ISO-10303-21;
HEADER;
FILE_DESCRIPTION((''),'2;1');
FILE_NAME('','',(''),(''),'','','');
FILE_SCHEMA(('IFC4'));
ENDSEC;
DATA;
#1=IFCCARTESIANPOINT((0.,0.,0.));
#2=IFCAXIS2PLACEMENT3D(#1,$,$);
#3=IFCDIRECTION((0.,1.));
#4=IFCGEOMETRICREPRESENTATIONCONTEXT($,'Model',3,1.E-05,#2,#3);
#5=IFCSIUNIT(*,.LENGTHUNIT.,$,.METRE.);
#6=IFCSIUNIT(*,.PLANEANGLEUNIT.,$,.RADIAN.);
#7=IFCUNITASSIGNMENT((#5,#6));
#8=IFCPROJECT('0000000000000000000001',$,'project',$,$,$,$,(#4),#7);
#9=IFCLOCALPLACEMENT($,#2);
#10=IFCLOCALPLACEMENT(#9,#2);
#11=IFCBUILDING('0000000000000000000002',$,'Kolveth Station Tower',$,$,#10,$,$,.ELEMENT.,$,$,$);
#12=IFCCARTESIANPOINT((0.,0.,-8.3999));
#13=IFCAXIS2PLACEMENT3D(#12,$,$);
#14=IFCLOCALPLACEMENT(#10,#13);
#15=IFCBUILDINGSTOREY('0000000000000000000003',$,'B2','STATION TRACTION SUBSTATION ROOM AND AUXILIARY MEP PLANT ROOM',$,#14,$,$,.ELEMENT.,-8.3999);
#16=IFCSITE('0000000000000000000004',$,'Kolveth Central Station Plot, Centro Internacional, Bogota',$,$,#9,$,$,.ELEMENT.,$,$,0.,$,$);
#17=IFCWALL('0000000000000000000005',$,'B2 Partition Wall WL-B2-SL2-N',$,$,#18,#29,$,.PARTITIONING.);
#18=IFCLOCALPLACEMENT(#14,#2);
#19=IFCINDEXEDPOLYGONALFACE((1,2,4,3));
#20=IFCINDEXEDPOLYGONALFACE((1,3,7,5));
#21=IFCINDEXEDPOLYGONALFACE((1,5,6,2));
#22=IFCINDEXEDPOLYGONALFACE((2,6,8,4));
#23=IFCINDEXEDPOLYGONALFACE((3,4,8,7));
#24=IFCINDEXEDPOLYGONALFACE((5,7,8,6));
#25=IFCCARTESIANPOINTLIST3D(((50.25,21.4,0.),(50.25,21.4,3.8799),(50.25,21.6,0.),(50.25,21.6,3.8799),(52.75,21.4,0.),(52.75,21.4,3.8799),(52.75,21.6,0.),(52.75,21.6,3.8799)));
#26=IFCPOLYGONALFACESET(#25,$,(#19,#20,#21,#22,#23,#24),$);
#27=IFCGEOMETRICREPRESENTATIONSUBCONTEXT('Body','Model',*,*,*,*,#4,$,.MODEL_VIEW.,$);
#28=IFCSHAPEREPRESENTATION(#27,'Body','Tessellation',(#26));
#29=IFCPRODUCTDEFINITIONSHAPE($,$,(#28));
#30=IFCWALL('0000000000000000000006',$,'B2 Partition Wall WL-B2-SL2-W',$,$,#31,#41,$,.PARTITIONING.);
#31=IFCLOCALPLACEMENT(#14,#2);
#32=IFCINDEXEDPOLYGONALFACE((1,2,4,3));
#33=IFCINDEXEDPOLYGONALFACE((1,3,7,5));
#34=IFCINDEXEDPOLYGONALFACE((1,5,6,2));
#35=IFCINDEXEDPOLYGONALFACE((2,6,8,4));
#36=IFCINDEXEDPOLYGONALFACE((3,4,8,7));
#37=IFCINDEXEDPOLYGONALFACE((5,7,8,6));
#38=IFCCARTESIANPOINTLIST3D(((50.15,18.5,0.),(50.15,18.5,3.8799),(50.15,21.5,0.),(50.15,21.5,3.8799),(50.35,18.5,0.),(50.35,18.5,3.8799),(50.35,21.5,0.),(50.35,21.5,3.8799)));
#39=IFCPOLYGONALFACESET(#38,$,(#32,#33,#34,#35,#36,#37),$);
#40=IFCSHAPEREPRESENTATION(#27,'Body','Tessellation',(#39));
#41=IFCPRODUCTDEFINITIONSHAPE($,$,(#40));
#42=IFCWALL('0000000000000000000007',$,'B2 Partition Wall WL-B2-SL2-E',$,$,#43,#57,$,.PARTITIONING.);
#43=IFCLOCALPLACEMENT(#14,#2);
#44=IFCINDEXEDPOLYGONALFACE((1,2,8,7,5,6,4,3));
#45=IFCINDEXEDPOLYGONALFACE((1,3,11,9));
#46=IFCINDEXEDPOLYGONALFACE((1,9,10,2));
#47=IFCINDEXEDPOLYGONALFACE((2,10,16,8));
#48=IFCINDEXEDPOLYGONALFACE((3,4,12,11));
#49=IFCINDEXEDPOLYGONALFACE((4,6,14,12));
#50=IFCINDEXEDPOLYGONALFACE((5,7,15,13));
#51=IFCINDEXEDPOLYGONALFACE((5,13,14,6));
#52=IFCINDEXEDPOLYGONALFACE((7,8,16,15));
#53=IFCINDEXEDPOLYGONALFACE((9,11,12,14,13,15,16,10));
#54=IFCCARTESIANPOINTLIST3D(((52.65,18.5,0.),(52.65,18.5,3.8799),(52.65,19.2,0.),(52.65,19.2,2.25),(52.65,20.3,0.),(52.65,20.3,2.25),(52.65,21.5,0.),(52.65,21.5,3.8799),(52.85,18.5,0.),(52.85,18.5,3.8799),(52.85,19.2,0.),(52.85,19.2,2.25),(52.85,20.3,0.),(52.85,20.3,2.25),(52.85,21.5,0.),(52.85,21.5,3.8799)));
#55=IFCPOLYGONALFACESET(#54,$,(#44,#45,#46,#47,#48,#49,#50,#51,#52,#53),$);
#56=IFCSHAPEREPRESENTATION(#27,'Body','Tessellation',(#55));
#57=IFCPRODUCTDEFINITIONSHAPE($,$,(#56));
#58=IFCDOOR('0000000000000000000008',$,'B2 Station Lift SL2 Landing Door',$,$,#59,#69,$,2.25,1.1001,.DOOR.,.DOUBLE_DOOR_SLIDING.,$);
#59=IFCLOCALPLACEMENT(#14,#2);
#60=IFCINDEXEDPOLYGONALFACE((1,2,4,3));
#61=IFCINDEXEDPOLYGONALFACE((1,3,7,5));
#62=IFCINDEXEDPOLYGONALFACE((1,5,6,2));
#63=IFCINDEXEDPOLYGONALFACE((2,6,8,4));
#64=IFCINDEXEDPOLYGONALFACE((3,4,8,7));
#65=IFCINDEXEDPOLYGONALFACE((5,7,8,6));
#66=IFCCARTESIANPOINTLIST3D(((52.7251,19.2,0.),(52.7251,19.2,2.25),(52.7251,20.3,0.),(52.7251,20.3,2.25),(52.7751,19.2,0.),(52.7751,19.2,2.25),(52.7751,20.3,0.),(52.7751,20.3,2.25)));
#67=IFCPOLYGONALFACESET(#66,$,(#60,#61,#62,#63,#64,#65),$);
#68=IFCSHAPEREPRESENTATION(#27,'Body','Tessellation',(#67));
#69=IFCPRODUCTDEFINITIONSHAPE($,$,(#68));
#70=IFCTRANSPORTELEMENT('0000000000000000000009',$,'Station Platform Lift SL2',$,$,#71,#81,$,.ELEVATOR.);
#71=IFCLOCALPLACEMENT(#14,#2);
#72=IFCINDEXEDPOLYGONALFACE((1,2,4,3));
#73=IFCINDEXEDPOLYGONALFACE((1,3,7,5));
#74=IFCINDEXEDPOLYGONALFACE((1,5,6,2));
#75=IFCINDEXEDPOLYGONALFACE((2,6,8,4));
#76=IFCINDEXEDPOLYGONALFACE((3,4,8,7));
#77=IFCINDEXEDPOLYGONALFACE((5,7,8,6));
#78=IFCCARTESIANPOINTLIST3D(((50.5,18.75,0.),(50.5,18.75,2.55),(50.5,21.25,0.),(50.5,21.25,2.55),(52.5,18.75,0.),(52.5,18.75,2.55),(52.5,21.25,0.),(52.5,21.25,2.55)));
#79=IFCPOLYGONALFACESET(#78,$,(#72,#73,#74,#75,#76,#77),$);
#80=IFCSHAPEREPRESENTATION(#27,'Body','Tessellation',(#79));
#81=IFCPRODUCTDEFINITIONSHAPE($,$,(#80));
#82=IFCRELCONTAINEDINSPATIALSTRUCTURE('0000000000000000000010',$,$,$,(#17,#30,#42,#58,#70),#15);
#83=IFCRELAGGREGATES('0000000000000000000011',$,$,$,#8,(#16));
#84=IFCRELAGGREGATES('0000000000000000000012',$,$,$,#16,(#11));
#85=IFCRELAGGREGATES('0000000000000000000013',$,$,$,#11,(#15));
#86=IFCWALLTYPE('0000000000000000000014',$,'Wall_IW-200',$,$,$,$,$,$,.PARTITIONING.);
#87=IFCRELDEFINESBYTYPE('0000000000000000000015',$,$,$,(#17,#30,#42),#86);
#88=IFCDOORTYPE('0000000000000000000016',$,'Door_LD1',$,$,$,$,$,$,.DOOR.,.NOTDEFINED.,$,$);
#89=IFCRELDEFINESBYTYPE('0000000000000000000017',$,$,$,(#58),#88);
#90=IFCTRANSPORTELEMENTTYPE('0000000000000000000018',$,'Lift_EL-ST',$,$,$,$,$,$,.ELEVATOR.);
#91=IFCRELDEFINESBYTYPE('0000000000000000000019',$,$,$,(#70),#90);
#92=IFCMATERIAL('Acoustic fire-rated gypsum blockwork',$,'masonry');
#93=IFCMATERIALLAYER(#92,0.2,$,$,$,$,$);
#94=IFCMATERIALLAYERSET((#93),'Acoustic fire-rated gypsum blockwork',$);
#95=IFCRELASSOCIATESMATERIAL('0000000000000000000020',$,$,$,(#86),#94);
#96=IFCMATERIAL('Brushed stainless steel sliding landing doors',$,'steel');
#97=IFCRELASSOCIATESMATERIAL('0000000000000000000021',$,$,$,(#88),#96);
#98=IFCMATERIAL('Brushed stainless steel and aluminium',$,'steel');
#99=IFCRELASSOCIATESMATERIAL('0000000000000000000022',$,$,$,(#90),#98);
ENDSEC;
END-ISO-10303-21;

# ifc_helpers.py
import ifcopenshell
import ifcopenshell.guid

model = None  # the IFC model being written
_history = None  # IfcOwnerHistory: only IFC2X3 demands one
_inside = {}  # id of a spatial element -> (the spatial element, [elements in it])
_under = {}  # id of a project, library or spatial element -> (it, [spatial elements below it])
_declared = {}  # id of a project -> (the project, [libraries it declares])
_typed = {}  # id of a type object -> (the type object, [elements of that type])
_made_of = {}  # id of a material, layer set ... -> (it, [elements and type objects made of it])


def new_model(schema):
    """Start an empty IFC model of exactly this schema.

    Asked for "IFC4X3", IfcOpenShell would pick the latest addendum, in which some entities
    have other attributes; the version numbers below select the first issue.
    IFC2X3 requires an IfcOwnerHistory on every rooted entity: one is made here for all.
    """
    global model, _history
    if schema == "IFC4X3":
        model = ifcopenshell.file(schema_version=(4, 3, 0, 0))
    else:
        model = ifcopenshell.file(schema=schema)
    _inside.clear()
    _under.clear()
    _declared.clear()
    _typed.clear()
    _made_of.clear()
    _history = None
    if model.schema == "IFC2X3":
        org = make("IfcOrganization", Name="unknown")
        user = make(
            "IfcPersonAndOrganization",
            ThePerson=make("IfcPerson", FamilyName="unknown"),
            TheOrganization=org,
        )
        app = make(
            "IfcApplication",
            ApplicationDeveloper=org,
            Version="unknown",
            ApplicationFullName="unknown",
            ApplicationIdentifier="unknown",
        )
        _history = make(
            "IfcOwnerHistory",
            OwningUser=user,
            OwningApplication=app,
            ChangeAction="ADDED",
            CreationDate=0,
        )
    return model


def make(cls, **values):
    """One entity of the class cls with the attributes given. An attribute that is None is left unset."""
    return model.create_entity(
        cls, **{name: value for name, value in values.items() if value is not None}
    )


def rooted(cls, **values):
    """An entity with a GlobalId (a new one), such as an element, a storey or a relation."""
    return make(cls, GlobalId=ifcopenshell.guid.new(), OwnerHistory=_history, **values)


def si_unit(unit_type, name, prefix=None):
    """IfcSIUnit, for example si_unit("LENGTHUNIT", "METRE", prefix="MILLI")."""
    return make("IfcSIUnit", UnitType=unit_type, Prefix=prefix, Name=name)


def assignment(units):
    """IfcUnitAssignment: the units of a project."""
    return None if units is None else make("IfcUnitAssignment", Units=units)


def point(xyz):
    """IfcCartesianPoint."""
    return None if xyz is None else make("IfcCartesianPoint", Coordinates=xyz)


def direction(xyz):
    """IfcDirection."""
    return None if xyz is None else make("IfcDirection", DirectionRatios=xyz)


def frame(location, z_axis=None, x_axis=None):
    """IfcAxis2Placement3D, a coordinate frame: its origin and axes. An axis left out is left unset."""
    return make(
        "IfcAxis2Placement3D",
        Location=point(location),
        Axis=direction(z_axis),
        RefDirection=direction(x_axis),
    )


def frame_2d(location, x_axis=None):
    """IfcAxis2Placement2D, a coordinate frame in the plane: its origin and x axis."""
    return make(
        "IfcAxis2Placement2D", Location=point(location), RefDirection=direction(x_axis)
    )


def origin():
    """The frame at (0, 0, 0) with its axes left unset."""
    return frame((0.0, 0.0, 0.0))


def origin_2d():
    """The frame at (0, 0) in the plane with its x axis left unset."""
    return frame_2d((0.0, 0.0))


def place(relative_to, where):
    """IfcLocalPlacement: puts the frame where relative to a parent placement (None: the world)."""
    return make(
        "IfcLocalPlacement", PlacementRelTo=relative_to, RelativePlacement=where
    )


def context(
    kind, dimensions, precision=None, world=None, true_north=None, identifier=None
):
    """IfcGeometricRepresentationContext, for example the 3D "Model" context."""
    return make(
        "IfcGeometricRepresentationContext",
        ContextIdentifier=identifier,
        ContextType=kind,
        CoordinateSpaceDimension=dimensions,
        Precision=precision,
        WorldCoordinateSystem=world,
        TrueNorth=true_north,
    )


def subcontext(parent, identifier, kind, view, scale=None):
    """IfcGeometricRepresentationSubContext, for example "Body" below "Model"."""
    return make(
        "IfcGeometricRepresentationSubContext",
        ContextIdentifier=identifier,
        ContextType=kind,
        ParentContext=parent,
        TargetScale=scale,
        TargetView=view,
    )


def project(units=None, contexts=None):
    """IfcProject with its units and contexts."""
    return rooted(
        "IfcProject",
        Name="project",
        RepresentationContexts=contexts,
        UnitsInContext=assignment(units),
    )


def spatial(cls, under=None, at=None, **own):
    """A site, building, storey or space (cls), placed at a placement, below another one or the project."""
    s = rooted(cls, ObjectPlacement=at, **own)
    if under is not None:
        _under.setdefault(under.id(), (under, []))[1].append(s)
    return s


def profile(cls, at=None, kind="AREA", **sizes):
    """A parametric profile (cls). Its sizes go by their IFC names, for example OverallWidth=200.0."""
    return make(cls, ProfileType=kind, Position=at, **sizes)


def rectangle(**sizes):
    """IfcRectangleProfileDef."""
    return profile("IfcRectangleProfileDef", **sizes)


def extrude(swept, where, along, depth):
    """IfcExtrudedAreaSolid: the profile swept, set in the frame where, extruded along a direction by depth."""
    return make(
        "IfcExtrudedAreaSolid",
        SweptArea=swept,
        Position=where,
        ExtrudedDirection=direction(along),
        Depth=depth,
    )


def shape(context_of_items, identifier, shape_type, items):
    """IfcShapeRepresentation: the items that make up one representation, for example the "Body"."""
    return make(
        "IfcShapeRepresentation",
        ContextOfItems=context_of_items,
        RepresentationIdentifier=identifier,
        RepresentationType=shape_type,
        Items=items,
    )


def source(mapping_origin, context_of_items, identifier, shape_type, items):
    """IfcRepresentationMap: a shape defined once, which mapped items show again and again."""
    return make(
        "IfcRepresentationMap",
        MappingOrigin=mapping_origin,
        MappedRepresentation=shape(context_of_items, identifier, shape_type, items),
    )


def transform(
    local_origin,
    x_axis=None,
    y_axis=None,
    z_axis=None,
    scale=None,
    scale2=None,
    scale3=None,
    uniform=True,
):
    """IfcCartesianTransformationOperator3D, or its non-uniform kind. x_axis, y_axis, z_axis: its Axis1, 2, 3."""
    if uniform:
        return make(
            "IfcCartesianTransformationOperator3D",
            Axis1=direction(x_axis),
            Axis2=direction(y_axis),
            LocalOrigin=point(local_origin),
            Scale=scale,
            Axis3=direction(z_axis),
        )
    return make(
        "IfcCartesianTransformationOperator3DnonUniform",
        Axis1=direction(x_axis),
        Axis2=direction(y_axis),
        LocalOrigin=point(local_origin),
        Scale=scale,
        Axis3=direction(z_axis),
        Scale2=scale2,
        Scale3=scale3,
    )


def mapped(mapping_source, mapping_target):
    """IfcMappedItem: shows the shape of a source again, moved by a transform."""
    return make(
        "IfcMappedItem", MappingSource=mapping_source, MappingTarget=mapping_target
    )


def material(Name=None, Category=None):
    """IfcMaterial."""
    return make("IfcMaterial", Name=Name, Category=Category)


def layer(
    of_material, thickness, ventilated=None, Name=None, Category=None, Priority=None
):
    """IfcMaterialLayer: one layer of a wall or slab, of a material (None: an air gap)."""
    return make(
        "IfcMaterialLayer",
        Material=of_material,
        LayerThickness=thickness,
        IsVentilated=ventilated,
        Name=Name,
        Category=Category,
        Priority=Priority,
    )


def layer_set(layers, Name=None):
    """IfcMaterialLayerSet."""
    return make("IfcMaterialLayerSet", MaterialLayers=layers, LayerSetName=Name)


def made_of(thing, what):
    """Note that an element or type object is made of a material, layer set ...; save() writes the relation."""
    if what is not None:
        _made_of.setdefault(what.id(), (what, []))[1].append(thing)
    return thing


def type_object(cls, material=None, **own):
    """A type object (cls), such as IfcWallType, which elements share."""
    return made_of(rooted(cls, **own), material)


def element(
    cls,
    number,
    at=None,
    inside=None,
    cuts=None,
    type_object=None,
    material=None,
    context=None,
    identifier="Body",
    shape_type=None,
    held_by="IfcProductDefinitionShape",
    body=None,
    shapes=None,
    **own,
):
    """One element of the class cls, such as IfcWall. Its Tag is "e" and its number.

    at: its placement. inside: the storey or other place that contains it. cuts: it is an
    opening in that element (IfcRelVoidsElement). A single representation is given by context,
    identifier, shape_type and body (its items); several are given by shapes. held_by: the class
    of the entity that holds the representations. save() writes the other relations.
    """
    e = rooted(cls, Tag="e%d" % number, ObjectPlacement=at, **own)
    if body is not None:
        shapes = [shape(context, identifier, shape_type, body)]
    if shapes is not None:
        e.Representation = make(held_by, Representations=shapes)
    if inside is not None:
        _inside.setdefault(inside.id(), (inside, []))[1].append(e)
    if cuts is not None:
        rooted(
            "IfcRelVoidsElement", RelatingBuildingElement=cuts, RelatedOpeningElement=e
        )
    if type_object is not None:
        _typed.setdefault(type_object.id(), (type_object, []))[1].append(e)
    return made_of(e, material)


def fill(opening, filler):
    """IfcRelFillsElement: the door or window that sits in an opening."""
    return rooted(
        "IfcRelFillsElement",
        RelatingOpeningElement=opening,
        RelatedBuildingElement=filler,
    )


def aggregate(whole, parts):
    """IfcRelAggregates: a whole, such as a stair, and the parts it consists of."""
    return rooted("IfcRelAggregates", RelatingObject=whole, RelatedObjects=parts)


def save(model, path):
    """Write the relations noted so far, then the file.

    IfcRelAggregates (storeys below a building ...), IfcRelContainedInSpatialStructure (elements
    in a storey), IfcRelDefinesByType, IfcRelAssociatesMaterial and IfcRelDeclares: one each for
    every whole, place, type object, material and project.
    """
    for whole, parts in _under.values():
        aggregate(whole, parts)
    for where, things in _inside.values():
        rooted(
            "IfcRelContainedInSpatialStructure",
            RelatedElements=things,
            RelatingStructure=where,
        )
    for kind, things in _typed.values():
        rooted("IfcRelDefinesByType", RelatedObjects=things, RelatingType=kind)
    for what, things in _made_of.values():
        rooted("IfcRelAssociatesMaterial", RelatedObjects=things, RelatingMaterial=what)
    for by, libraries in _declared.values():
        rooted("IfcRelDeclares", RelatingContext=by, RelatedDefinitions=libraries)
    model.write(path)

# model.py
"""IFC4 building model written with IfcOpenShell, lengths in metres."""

from ifc_helpers import new_model, si_unit, direction, frame, frame_2d, origin, origin_2d, place, context, subcontext, project, spatial, rectangle, extrude, source, transform, mapped, material, layer, layer_set, type_object, element, fill, save


model = new_model("IFC4")

# Units and contexts
model_context = context("Model", 3, precision=1e-05, world=origin(), true_north=direction((0.0, 1.0)))
body_context = subcontext(model_context, "Body", "Model", "MODEL_VIEW")
ifc_project = project(units=[si_unit("LENGTHUNIT", "METRE"), si_unit("PLANEANGLEUNIT", "RADIAN")], contexts=[model_context])

# Site, building, storey
site_placement = place(None, origin())
site = spatial("IfcSite", under=ifc_project, at=site_placement, Name="Kolveth Central Station Plot, Centro Internacional, Bogota", CompositionType="ELEMENT", RefElevation=0.0)
building_placement = place(site_placement, origin())
building = spatial("IfcBuilding", under=site, at=building_placement, Name="Kolveth Station Tower", CompositionType="ELEMENT")
storey_placement = place(building_placement, frame((0.0, 0.0, -8.3999)))
storey = spatial("IfcBuildingStorey", under=building, at=storey_placement, Name="B2", Description="STATION TRACTION SUBSTATION ROOM AND AUXILIARY MEP PLANT ROOM", CompositionType="ELEMENT", Elevation=-8.3999)

# Walls
ifc_material_1 = material(Name="Acoustic fire-rated gypsum blockwork", Category="masonry")
ifc_layer_1 = layer(ifc_material_1, 0.2)
ifc_layer_set_1 = layer_set([ifc_layer_1], Name="Acoustic fire-rated gypsum blockwork")
wall_type = type_object("IfcWallType", Name="Wall_IW-200", PredefinedType="PARTITIONING", material=ifc_layer_set_1)
for number, where, z_axis, x_axis, name in (
    (1, (50.25, 21.5, 0.0), (0.0, 0.0, 1.0), (1.0, 0.0, 0.0), "B2 Partition Wall WL-B2-SL2-N"),
):
    element("IfcWall", number, at=place(storey_placement, frame(where, z_axis=z_axis, x_axis=x_axis)), inside=storey, type_object=wall_type, Name=name, PredefinedType="PARTITIONING", context=body_context, shape_type="SweptSolid", body=[
        extrude(rectangle(XDim=2.5, YDim=0.2, at=frame_2d((1.25, 0.0))), origin(), (0.0, 0.0, 1.0), 3.8799),
    ])
wall_1_placement = place(storey_placement, frame((50.25, 18.5, 0.0), z_axis=(0.0, 0.0, 1.0), x_axis=(0.0, 1.0, 0.0)))
element("IfcWall", 2, at=wall_1_placement, inside=storey, type_object=wall_type, Name="B2 Partition Wall WL-B2-SL2-W", PredefinedType="PARTITIONING", context=body_context, shape_type="SweptSolid", body=[
    extrude(rectangle(XDim=3.0, YDim=0.2, at=frame_2d((1.5, 0.0))), origin(), (0.0, 0.0, 1.0), 3.8799),
])

# Wall, opening, door
wall_2_placement = place(storey_placement, frame((52.75, 18.5, 0.0), z_axis=(0.0, 0.0, 1.0), x_axis=(0.0, 1.0, 0.0)))
wall_2 = element("IfcWall", 3, at=wall_2_placement, inside=storey, type_object=wall_type, Name="B2 Partition Wall WL-B2-SL2-E", PredefinedType="PARTITIONING", context=body_context, shape_type="SweptSolid", body=[
    extrude(rectangle(XDim=3.0, YDim=0.2, at=frame_2d((1.5, 0.0))), origin(), (0.0, 0.0, 1.0), 3.8799),
])
opening_placement = place(wall_2_placement, frame((0.7, 0.0, 0.0)))
opening = element("IfcOpeningElement", 4, at=opening_placement, cuts=wall_2, PredefinedType="OPENING", context=body_context, shape_type="SweptSolid", body=[
    extrude(rectangle(XDim=1.1001, YDim=2.25, at=frame_2d((0.55, 1.125))), frame((0.0, 0.1099, 0.0), z_axis=(0.0, -1.0, 0.0), x_axis=(1.0, 0.0, 0.0)), (0.0, 0.0, 1.0), 0.22),
])
ifc_material_2 = material(Name="Brushed stainless steel sliding landing doors", Category="steel")
door_type = type_object("IfcDoorType", Name="Door_LD1", OperationType="NOTDEFINED", PredefinedType="DOOR", material=ifc_material_2)
door_placement = place(opening_placement, origin())
door = element("IfcDoor", 5, at=door_placement, inside=storey, type_object=door_type, Name="B2 Station Lift SL2 Landing Door", OperationType="DOUBLE_DOOR_SLIDING", OverallHeight=2.25, OverallWidth=1.1001, PredefinedType="DOOR", context=body_context, shape_type="SweptSolid", body=[
    extrude(rectangle(XDim=1.1001, YDim=2.25, at=frame_2d((0.55, 1.125))), frame((0.0, 0.0249, 0.0), z_axis=(0.0, -1.0, 0.0), x_axis=(1.0, 0.0, 0.0)), (0.0, 0.0, 1.0), 0.05),
])
fill(opening, door)

# Transport element
ifc_material_3 = material(Name="Brushed stainless steel and aluminium", Category="steel")
transport_element_type = type_object("IfcTransportElementType", Name="Lift_EL-ST", PredefinedType="ELEVATOR", material=ifc_material_3)
shared_shape_1 = source(origin(), body_context, "Body", "SweptSolid", [
    extrude(rectangle(XDim=2.0, YDim=2.5, at=origin_2d()), origin(), (0.0, 0.0, 1.0), 2.55),
])
transport_element_placement = place(storey_placement, frame((51.5, 20.0, 0.0), z_axis=(0.0, 0.0, 1.0), x_axis=(1.0, 0.0, 0.0)))
element("IfcTransportElement", 6, at=transport_element_placement, inside=storey, type_object=transport_element_type, Name="Station Platform Lift SL2", PredefinedType="ELEVATOR", context=body_context, shape_type="MappedRepresentation", body=[
    mapped(shared_shape_1, transform((0.0, 0.0, 0.0), x_axis=(1.0, 0.0, 0.0), y_axis=(0.0, 1.0, 0.0), z_axis=(0.0, 0.0, 1.0), scale=1.0)),
])

save(model, "model.ifc")
